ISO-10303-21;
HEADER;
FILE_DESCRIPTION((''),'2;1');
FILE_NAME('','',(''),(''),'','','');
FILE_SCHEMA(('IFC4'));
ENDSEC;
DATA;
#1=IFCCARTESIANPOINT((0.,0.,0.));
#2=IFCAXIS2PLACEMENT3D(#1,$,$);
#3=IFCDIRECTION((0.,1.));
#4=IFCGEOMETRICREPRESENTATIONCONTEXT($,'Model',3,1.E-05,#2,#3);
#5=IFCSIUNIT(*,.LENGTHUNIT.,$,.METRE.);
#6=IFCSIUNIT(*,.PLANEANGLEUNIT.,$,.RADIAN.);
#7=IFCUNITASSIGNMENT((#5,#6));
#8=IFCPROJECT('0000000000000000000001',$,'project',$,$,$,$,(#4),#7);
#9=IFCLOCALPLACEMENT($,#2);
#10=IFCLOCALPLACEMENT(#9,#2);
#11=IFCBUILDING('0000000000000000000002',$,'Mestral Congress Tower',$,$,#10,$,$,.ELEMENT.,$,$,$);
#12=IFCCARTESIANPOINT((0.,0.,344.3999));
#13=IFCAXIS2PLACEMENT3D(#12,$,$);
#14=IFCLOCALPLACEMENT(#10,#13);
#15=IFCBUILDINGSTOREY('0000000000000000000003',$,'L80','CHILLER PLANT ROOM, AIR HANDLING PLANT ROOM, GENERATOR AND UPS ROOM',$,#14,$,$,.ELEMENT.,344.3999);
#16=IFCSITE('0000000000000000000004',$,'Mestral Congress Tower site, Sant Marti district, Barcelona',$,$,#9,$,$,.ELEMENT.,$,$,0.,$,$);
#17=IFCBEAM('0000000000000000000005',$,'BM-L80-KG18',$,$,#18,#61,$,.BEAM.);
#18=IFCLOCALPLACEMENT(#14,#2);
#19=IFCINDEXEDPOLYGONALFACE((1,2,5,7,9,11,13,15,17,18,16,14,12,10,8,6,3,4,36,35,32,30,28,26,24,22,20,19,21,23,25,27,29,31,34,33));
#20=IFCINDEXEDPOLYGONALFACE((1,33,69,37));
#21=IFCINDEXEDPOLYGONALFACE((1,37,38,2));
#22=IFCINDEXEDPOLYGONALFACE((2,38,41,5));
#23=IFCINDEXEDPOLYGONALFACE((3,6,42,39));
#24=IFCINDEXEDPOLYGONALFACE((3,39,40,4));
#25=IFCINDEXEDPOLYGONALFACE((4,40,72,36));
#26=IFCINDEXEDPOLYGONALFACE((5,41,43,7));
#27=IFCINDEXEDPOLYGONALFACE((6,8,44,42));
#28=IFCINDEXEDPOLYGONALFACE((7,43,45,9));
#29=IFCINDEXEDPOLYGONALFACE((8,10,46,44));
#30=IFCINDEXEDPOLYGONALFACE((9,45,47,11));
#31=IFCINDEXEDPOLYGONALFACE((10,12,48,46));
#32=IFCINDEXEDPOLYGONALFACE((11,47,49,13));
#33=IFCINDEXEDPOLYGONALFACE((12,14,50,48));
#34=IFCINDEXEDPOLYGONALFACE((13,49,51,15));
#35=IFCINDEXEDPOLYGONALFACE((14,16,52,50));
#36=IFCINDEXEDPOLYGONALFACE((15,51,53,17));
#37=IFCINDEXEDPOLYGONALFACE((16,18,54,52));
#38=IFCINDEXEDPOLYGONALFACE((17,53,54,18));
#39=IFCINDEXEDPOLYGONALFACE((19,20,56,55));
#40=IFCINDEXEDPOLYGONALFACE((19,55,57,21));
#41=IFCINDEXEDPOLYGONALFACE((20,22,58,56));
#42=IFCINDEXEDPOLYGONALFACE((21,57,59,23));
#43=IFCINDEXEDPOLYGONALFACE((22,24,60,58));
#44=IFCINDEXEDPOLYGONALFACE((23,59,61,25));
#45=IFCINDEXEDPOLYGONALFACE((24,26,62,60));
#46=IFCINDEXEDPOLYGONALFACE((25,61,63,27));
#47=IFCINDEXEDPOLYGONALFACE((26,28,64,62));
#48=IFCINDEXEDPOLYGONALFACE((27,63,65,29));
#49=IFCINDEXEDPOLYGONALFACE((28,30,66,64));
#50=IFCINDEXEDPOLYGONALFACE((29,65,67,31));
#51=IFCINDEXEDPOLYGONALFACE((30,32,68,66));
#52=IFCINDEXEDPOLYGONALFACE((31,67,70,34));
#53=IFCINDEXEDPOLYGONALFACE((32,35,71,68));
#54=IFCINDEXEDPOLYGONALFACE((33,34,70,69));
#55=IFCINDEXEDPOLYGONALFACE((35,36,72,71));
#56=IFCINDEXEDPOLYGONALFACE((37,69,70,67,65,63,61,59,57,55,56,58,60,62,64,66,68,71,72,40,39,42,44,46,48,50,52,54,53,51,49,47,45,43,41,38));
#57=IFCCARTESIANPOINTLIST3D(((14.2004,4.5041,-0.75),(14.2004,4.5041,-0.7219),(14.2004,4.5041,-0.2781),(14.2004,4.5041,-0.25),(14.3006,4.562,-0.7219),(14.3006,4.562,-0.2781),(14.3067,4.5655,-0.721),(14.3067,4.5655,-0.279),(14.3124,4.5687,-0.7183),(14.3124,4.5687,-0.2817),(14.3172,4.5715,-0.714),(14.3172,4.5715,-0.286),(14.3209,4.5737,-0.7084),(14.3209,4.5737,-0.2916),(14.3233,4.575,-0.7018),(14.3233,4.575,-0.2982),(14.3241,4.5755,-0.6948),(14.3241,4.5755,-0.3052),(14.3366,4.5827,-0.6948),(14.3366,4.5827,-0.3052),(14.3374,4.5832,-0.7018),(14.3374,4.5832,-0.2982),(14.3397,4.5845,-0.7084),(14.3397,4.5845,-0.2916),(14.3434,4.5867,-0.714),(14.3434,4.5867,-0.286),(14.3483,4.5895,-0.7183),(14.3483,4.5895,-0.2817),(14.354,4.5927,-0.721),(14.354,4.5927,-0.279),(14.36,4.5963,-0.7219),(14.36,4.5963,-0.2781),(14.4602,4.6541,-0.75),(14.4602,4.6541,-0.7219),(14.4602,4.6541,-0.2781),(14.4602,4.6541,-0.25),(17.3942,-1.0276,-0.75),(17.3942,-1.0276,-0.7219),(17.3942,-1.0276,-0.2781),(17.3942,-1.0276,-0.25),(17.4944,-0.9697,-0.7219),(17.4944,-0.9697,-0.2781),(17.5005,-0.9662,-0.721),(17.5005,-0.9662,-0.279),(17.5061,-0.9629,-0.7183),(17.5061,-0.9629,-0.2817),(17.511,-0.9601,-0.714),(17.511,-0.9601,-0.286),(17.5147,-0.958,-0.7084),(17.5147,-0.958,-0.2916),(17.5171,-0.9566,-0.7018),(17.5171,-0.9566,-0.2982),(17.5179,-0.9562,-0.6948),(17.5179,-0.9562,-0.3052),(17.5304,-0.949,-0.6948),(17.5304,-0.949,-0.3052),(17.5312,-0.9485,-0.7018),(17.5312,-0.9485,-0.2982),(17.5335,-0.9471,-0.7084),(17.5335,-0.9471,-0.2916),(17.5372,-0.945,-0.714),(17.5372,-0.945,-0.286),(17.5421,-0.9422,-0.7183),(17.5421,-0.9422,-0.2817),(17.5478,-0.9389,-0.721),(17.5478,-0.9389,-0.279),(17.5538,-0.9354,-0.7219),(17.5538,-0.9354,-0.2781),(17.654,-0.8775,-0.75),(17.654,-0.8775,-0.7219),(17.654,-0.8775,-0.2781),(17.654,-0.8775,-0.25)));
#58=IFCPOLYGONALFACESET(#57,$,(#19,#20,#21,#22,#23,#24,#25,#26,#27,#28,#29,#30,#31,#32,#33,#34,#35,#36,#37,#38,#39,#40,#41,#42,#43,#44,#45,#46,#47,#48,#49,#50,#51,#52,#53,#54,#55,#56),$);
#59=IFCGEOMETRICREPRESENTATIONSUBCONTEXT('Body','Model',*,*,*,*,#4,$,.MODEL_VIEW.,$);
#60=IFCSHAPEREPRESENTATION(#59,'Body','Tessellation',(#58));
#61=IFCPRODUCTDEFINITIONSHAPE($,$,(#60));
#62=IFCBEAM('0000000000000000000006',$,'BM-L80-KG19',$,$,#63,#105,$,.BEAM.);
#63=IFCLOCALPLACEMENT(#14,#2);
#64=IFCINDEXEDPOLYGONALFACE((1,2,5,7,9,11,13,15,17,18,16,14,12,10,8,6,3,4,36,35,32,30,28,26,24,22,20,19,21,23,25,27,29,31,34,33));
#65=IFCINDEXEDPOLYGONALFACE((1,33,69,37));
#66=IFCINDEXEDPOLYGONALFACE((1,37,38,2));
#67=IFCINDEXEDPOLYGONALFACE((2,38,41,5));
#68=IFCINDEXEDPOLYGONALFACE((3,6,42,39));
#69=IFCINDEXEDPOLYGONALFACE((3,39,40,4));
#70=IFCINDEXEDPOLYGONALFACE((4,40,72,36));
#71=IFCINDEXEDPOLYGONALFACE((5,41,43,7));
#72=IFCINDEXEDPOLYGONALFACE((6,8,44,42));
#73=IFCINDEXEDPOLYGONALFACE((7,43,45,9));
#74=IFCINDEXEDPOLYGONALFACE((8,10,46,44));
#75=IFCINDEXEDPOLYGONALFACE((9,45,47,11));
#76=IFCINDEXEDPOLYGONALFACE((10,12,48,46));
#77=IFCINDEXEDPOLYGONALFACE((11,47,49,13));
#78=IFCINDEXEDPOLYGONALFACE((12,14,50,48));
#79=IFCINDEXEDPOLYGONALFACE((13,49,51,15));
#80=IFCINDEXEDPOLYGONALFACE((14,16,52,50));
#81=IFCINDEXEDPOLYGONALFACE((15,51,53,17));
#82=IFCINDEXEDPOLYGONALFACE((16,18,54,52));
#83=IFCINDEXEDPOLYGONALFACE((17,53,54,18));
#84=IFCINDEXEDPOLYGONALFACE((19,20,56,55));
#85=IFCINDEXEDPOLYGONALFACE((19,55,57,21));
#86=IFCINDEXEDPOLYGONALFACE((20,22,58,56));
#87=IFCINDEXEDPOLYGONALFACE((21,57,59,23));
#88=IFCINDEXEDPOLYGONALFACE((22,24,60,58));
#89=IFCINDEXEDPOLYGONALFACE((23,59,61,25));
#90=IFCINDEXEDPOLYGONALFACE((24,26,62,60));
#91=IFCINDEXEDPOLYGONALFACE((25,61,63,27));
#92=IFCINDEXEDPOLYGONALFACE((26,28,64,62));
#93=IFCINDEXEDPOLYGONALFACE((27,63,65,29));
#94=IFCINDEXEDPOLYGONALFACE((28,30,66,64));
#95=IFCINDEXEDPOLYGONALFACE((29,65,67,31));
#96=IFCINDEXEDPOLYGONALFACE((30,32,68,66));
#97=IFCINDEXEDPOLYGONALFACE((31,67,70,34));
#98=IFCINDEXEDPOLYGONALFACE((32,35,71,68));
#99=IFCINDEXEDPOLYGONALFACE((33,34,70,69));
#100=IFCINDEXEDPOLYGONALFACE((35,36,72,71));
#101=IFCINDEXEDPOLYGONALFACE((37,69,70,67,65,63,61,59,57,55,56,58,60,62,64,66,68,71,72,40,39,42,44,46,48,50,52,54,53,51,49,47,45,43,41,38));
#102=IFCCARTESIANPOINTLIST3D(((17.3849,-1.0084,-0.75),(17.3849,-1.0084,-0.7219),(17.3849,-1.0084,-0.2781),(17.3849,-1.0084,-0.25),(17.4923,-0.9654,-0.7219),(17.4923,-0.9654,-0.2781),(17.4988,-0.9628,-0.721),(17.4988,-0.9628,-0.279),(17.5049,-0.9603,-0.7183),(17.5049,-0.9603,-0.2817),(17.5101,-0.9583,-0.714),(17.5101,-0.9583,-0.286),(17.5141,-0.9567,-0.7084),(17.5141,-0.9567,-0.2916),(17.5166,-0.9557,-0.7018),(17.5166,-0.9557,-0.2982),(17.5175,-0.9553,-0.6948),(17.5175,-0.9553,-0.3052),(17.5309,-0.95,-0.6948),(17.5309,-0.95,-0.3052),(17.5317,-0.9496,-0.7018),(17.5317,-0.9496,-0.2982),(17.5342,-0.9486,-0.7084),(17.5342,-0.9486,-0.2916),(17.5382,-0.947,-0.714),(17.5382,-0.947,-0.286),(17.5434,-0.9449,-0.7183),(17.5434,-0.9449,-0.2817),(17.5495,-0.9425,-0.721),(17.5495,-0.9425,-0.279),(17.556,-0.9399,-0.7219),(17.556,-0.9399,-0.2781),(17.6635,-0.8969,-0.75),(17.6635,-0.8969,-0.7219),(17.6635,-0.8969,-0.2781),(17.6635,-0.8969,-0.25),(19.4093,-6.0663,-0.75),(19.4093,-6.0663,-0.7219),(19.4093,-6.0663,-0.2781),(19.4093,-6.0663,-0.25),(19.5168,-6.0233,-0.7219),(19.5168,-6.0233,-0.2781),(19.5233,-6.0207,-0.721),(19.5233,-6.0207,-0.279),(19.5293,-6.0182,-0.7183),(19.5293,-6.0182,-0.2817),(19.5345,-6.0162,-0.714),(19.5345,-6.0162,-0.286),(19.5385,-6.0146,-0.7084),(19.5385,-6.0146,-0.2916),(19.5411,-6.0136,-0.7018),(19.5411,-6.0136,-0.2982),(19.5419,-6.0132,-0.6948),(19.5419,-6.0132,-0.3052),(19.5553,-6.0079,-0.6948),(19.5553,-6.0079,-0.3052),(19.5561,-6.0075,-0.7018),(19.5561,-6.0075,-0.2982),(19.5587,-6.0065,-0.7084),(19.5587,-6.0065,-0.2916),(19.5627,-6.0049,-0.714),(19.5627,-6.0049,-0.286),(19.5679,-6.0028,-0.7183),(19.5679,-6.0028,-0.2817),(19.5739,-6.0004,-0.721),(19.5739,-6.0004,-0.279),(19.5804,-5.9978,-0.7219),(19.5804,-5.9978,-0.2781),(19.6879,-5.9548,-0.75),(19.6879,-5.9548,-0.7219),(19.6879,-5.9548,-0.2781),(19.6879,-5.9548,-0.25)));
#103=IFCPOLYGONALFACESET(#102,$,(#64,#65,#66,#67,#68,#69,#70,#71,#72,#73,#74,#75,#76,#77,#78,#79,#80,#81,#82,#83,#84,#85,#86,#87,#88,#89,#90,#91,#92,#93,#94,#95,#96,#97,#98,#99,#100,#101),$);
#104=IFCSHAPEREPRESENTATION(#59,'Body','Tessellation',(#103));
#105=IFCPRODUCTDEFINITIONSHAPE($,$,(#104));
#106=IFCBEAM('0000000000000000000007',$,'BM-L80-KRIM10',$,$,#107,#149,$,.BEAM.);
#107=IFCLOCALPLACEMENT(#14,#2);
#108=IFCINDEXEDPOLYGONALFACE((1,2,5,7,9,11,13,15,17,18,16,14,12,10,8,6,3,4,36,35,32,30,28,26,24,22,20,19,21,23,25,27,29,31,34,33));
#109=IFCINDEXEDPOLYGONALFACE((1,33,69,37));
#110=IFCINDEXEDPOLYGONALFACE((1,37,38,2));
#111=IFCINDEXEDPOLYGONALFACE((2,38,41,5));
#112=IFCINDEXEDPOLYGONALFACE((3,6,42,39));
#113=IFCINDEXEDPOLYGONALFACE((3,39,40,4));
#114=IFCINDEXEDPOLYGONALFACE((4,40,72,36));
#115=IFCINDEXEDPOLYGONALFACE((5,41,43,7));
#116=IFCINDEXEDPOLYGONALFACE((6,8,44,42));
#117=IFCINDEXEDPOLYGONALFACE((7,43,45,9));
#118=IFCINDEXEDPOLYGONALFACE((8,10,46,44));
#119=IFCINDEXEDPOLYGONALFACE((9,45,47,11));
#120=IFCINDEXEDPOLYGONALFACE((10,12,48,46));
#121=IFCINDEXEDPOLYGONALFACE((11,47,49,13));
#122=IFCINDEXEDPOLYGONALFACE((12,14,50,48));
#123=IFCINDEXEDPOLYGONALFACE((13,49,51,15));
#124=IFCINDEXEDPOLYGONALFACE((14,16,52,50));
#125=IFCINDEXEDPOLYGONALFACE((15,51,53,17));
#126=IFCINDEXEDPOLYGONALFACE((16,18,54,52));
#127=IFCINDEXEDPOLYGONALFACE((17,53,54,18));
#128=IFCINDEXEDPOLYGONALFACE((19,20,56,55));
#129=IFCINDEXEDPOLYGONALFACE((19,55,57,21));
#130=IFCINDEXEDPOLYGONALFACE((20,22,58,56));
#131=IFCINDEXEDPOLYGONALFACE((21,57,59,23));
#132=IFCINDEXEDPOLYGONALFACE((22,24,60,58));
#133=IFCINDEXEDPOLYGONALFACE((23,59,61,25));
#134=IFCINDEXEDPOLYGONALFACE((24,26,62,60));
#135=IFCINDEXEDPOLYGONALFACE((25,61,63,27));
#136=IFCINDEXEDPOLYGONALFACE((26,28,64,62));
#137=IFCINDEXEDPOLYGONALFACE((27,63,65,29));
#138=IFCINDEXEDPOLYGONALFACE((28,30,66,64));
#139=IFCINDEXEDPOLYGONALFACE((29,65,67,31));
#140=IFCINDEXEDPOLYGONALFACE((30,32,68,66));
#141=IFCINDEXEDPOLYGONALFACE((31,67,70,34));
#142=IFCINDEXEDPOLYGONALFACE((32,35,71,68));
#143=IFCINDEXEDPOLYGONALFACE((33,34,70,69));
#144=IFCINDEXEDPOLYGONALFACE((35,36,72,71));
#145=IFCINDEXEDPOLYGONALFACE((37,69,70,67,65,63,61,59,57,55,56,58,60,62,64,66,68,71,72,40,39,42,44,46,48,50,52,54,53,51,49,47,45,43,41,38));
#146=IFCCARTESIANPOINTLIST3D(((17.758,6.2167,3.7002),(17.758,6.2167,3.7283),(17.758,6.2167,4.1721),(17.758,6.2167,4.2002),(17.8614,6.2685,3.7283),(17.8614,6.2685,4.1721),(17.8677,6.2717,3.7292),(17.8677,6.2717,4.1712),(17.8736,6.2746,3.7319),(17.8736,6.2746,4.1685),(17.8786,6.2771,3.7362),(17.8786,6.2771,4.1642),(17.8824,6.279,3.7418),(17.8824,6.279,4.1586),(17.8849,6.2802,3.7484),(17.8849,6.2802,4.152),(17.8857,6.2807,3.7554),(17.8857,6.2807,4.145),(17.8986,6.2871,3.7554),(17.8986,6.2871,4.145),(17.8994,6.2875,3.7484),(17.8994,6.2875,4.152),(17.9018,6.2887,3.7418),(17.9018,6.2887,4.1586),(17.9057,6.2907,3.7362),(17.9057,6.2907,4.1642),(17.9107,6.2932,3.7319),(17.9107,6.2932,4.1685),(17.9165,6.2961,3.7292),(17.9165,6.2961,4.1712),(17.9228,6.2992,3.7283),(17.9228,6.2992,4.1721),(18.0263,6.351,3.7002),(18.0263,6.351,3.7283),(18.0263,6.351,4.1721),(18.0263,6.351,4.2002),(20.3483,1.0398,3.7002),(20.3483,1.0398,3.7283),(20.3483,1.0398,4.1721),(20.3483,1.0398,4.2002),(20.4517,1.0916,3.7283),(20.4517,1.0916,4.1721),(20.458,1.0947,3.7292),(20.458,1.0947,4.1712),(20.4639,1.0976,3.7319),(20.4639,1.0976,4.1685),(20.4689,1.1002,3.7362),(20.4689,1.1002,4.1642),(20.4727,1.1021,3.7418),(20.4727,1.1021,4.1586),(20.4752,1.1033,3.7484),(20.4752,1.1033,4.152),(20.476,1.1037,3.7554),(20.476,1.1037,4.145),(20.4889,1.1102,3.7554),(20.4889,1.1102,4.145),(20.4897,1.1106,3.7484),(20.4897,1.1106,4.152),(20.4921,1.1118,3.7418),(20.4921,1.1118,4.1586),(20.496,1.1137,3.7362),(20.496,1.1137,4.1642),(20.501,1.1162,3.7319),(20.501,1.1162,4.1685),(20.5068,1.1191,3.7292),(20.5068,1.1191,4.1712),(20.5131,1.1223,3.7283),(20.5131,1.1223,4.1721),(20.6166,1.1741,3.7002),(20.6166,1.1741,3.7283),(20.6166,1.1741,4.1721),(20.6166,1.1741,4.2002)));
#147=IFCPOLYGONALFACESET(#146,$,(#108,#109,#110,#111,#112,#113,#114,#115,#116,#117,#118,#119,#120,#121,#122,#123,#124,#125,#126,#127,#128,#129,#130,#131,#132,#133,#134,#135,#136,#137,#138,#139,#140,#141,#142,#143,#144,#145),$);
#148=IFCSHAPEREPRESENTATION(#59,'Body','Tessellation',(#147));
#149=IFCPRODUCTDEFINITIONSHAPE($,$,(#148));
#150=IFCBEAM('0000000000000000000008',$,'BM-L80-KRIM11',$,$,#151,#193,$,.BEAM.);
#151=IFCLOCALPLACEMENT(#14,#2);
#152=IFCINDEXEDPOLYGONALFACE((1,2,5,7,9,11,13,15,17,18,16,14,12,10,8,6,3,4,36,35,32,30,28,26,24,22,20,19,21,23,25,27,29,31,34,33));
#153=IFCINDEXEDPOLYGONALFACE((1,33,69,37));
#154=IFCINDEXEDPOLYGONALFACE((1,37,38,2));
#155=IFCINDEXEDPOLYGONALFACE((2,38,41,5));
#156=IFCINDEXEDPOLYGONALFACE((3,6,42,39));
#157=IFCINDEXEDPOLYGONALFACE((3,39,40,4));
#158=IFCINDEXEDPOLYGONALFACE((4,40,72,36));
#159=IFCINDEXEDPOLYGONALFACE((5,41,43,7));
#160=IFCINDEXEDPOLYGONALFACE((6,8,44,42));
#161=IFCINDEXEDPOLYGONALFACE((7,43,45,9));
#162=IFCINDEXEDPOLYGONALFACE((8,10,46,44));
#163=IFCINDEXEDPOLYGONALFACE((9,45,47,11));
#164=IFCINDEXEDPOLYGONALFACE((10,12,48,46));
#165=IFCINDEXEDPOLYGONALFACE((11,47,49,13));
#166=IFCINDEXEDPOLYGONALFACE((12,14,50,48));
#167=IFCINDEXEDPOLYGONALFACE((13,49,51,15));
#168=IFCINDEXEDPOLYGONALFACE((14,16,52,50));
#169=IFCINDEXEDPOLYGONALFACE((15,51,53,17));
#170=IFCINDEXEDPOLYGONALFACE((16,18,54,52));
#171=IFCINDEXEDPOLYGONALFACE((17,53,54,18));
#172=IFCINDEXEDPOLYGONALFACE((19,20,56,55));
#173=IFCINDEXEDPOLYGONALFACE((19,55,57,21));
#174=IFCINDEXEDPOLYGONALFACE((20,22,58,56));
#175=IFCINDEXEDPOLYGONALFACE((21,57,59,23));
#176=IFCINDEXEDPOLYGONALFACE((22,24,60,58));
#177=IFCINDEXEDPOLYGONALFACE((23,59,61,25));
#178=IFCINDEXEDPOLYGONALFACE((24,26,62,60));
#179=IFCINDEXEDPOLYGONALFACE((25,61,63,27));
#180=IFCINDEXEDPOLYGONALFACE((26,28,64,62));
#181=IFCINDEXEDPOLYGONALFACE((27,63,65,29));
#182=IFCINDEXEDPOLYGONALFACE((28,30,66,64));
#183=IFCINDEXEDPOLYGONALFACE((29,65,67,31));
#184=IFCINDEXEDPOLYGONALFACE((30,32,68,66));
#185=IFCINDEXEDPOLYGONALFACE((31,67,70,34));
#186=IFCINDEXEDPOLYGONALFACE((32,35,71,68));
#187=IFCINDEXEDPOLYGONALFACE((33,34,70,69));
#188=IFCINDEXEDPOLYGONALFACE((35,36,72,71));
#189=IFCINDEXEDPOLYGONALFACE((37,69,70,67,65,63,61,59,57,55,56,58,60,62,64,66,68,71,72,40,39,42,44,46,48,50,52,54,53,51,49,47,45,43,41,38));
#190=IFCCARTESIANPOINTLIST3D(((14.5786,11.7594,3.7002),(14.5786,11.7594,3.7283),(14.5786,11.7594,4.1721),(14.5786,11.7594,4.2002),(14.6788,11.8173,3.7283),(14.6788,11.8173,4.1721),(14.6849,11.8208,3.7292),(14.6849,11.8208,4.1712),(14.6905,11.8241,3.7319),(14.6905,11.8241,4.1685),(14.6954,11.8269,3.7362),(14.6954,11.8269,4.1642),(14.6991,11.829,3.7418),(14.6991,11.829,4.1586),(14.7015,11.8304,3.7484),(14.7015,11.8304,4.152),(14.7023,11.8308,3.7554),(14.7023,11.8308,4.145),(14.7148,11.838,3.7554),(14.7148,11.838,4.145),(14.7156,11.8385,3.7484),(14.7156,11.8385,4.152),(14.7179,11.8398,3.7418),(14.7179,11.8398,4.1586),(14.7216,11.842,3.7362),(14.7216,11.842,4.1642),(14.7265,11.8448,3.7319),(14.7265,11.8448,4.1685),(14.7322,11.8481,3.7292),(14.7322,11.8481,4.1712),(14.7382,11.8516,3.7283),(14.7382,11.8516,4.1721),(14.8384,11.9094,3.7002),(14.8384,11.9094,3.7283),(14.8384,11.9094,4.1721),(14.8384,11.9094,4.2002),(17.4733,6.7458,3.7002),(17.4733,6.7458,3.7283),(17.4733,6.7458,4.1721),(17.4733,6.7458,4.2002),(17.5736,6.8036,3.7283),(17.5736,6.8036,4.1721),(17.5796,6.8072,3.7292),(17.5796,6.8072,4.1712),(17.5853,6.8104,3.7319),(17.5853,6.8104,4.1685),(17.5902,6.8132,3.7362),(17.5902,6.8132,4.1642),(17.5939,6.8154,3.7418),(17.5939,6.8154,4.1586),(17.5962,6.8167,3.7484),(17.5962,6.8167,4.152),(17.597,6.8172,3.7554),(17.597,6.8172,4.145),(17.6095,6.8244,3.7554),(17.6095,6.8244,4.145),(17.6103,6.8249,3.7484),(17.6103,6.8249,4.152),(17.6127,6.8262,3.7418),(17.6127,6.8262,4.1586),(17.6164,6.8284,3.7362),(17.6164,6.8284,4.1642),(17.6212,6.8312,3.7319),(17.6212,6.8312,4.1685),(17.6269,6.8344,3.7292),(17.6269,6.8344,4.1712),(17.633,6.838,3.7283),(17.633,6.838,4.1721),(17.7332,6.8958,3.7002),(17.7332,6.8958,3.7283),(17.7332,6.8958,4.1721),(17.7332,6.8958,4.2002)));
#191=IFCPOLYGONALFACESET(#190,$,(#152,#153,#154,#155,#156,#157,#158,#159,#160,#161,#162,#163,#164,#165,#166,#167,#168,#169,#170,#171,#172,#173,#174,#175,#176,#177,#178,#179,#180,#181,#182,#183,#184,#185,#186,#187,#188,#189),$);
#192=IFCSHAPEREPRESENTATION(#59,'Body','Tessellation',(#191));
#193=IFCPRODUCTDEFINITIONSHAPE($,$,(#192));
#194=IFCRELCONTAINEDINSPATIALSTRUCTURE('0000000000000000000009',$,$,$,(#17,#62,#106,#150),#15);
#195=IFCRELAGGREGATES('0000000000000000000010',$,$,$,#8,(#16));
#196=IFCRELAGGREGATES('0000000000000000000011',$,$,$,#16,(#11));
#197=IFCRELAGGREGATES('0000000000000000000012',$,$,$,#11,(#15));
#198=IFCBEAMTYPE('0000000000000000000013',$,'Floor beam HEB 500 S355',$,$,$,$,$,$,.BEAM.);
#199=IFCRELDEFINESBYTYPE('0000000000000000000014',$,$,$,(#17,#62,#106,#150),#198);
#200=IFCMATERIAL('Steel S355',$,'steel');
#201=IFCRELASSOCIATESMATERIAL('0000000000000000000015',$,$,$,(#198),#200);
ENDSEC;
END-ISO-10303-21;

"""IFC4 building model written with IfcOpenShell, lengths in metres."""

from ifc_helpers import new_model, si_unit, direction, frame, origin, origin_2d, place, context, subcontext, project, spatial, i_section, extrude, material, material_profile, profile_set, type_object, element, save


model = new_model("IFC4")

# Units and contexts
model_context = context("Model", 3, precision=1e-05, world=origin(), true_north=direction((0.0, 1.0)))
body_context = subcontext(model_context, "Body", "Model", "MODEL_VIEW")
ifc_project = project(units=[si_unit("LENGTHUNIT", "METRE"), si_unit("PLANEANGLEUNIT", "RADIAN")], contexts=[model_context])

# Site, building, storey
site_placement = place(None, origin())
site = spatial("IfcSite", under=ifc_project, at=site_placement, Name="Mestral Congress Tower site, Sant Marti district, Barcelona", CompositionType="ELEMENT", RefElevation=0.0)
building_placement = place(site_placement, origin())
building = spatial("IfcBuilding", under=site, at=building_placement, Name="Mestral Congress Tower", CompositionType="ELEMENT")
storey_placement = place(building_placement, frame((0.0, 0.0, 344.3999)))
storey = spatial("IfcBuildingStorey", under=building, at=storey_placement, Name="L80", Description="CHILLER PLANT ROOM, AIR HANDLING PLANT ROOM, GENERATOR AND UPS ROOM", CompositionType="ELEMENT", Elevation=344.3999)

# Shared definitions
ifc_material_1 = material(Name="Steel S355", Category="steel")

# Beams
ifc_material_profile_1 = material_profile(ifc_material_1, i_section(OverallWidth=0.3, OverallDepth=0.5, WebThickness=0.0144, FlangeThickness=0.0281, FilletRadius=0.0271, at=origin_2d()), Name="HEB 500")
ifc_profile_set_1 = profile_set([ifc_material_profile_1], Name="Steel S355")
beam_type_1 = type_object("IfcBeamType", Name="Floor beam HEB 500 S355", PredefinedType="BEAM", material=ifc_profile_set_1)
beam_1_placement = place(storey_placement, frame((14.3303, 4.5791, -0.5), z_axis=(0.500011, -0.866019, 0.0), x_axis=(0.866019, 0.500011, 0.0)))
element("IfcBeam", 1, at=beam_1_placement, inside=storey, type_object=beam_type_1, Name="BM-L80-KG18", PredefinedType="BEAM", context=body_context, shape_type="SweptSolid", body=[
    extrude(i_section(OverallWidth=0.3, OverallDepth=0.5, WebThickness=0.0144, FlangeThickness=0.0281, FilletRadius=0.0271, at=origin_2d()), origin(), (0.0, 0.0, 1.0), 6.3875),
])
beam_2_placement = place(storey_placement, frame((17.5242, -0.9526, -0.5), z_axis=(0.371592, -0.928396, 0.0), x_axis=(0.928396, 0.371592, 0.0)))
element("IfcBeam", 2, at=beam_2_placement, inside=storey, type_object=beam_type_1, Name="BM-L80-KG19", PredefinedType="BEAM", context=body_context, shape_type="SweptSolid", body=[
    extrude(i_section(OverallWidth=0.3, OverallDepth=0.5, WebThickness=0.0144, FlangeThickness=0.0281, FilletRadius=0.0271, at=origin_2d()), origin(), (0.0, 0.0, 1.0), 5.448),
])
beam_3_placement = place(storey_placement, frame((20.4824, 1.1069, 3.9502), z_axis=(-0.447467, 0.894301, 0.0), x_axis=(-0.894301, -0.447467, 0.0)))
element("IfcBeam", 3, at=beam_3_placement, inside=storey, type_object=beam_type_1, Name="BM-L80-KRIM10", PredefinedType="BEAM", context=body_context, shape_type="SweptSolid", body=[
    extrude(i_section(OverallWidth=0.3, OverallDepth=0.5, WebThickness=0.0144, FlangeThickness=0.0281, FilletRadius=0.0271, at=origin_2d()), origin(), (0.0, 0.0, 1.0), 5.7888),
])
beam_4_placement = place(storey_placement, frame((17.6033, 6.8208, 3.9502), z_axis=(-0.500017, 0.866016, 0.0), x_axis=(-0.866016, -0.500017, 0.0)))
element("IfcBeam", 4, at=beam_4_placement, inside=storey, type_object=beam_type_1, Name="BM-L80-KRIM11", PredefinedType="BEAM", context=body_context, shape_type="SweptSolid", body=[
    extrude(i_section(OverallWidth=0.3, OverallDepth=0.5, WebThickness=0.0144, FlangeThickness=0.0281, FilletRadius=0.0271, at=origin_2d()), origin(), (0.0, 0.0, 1.0), 5.7893),
])

save(model, "model.ifc")
